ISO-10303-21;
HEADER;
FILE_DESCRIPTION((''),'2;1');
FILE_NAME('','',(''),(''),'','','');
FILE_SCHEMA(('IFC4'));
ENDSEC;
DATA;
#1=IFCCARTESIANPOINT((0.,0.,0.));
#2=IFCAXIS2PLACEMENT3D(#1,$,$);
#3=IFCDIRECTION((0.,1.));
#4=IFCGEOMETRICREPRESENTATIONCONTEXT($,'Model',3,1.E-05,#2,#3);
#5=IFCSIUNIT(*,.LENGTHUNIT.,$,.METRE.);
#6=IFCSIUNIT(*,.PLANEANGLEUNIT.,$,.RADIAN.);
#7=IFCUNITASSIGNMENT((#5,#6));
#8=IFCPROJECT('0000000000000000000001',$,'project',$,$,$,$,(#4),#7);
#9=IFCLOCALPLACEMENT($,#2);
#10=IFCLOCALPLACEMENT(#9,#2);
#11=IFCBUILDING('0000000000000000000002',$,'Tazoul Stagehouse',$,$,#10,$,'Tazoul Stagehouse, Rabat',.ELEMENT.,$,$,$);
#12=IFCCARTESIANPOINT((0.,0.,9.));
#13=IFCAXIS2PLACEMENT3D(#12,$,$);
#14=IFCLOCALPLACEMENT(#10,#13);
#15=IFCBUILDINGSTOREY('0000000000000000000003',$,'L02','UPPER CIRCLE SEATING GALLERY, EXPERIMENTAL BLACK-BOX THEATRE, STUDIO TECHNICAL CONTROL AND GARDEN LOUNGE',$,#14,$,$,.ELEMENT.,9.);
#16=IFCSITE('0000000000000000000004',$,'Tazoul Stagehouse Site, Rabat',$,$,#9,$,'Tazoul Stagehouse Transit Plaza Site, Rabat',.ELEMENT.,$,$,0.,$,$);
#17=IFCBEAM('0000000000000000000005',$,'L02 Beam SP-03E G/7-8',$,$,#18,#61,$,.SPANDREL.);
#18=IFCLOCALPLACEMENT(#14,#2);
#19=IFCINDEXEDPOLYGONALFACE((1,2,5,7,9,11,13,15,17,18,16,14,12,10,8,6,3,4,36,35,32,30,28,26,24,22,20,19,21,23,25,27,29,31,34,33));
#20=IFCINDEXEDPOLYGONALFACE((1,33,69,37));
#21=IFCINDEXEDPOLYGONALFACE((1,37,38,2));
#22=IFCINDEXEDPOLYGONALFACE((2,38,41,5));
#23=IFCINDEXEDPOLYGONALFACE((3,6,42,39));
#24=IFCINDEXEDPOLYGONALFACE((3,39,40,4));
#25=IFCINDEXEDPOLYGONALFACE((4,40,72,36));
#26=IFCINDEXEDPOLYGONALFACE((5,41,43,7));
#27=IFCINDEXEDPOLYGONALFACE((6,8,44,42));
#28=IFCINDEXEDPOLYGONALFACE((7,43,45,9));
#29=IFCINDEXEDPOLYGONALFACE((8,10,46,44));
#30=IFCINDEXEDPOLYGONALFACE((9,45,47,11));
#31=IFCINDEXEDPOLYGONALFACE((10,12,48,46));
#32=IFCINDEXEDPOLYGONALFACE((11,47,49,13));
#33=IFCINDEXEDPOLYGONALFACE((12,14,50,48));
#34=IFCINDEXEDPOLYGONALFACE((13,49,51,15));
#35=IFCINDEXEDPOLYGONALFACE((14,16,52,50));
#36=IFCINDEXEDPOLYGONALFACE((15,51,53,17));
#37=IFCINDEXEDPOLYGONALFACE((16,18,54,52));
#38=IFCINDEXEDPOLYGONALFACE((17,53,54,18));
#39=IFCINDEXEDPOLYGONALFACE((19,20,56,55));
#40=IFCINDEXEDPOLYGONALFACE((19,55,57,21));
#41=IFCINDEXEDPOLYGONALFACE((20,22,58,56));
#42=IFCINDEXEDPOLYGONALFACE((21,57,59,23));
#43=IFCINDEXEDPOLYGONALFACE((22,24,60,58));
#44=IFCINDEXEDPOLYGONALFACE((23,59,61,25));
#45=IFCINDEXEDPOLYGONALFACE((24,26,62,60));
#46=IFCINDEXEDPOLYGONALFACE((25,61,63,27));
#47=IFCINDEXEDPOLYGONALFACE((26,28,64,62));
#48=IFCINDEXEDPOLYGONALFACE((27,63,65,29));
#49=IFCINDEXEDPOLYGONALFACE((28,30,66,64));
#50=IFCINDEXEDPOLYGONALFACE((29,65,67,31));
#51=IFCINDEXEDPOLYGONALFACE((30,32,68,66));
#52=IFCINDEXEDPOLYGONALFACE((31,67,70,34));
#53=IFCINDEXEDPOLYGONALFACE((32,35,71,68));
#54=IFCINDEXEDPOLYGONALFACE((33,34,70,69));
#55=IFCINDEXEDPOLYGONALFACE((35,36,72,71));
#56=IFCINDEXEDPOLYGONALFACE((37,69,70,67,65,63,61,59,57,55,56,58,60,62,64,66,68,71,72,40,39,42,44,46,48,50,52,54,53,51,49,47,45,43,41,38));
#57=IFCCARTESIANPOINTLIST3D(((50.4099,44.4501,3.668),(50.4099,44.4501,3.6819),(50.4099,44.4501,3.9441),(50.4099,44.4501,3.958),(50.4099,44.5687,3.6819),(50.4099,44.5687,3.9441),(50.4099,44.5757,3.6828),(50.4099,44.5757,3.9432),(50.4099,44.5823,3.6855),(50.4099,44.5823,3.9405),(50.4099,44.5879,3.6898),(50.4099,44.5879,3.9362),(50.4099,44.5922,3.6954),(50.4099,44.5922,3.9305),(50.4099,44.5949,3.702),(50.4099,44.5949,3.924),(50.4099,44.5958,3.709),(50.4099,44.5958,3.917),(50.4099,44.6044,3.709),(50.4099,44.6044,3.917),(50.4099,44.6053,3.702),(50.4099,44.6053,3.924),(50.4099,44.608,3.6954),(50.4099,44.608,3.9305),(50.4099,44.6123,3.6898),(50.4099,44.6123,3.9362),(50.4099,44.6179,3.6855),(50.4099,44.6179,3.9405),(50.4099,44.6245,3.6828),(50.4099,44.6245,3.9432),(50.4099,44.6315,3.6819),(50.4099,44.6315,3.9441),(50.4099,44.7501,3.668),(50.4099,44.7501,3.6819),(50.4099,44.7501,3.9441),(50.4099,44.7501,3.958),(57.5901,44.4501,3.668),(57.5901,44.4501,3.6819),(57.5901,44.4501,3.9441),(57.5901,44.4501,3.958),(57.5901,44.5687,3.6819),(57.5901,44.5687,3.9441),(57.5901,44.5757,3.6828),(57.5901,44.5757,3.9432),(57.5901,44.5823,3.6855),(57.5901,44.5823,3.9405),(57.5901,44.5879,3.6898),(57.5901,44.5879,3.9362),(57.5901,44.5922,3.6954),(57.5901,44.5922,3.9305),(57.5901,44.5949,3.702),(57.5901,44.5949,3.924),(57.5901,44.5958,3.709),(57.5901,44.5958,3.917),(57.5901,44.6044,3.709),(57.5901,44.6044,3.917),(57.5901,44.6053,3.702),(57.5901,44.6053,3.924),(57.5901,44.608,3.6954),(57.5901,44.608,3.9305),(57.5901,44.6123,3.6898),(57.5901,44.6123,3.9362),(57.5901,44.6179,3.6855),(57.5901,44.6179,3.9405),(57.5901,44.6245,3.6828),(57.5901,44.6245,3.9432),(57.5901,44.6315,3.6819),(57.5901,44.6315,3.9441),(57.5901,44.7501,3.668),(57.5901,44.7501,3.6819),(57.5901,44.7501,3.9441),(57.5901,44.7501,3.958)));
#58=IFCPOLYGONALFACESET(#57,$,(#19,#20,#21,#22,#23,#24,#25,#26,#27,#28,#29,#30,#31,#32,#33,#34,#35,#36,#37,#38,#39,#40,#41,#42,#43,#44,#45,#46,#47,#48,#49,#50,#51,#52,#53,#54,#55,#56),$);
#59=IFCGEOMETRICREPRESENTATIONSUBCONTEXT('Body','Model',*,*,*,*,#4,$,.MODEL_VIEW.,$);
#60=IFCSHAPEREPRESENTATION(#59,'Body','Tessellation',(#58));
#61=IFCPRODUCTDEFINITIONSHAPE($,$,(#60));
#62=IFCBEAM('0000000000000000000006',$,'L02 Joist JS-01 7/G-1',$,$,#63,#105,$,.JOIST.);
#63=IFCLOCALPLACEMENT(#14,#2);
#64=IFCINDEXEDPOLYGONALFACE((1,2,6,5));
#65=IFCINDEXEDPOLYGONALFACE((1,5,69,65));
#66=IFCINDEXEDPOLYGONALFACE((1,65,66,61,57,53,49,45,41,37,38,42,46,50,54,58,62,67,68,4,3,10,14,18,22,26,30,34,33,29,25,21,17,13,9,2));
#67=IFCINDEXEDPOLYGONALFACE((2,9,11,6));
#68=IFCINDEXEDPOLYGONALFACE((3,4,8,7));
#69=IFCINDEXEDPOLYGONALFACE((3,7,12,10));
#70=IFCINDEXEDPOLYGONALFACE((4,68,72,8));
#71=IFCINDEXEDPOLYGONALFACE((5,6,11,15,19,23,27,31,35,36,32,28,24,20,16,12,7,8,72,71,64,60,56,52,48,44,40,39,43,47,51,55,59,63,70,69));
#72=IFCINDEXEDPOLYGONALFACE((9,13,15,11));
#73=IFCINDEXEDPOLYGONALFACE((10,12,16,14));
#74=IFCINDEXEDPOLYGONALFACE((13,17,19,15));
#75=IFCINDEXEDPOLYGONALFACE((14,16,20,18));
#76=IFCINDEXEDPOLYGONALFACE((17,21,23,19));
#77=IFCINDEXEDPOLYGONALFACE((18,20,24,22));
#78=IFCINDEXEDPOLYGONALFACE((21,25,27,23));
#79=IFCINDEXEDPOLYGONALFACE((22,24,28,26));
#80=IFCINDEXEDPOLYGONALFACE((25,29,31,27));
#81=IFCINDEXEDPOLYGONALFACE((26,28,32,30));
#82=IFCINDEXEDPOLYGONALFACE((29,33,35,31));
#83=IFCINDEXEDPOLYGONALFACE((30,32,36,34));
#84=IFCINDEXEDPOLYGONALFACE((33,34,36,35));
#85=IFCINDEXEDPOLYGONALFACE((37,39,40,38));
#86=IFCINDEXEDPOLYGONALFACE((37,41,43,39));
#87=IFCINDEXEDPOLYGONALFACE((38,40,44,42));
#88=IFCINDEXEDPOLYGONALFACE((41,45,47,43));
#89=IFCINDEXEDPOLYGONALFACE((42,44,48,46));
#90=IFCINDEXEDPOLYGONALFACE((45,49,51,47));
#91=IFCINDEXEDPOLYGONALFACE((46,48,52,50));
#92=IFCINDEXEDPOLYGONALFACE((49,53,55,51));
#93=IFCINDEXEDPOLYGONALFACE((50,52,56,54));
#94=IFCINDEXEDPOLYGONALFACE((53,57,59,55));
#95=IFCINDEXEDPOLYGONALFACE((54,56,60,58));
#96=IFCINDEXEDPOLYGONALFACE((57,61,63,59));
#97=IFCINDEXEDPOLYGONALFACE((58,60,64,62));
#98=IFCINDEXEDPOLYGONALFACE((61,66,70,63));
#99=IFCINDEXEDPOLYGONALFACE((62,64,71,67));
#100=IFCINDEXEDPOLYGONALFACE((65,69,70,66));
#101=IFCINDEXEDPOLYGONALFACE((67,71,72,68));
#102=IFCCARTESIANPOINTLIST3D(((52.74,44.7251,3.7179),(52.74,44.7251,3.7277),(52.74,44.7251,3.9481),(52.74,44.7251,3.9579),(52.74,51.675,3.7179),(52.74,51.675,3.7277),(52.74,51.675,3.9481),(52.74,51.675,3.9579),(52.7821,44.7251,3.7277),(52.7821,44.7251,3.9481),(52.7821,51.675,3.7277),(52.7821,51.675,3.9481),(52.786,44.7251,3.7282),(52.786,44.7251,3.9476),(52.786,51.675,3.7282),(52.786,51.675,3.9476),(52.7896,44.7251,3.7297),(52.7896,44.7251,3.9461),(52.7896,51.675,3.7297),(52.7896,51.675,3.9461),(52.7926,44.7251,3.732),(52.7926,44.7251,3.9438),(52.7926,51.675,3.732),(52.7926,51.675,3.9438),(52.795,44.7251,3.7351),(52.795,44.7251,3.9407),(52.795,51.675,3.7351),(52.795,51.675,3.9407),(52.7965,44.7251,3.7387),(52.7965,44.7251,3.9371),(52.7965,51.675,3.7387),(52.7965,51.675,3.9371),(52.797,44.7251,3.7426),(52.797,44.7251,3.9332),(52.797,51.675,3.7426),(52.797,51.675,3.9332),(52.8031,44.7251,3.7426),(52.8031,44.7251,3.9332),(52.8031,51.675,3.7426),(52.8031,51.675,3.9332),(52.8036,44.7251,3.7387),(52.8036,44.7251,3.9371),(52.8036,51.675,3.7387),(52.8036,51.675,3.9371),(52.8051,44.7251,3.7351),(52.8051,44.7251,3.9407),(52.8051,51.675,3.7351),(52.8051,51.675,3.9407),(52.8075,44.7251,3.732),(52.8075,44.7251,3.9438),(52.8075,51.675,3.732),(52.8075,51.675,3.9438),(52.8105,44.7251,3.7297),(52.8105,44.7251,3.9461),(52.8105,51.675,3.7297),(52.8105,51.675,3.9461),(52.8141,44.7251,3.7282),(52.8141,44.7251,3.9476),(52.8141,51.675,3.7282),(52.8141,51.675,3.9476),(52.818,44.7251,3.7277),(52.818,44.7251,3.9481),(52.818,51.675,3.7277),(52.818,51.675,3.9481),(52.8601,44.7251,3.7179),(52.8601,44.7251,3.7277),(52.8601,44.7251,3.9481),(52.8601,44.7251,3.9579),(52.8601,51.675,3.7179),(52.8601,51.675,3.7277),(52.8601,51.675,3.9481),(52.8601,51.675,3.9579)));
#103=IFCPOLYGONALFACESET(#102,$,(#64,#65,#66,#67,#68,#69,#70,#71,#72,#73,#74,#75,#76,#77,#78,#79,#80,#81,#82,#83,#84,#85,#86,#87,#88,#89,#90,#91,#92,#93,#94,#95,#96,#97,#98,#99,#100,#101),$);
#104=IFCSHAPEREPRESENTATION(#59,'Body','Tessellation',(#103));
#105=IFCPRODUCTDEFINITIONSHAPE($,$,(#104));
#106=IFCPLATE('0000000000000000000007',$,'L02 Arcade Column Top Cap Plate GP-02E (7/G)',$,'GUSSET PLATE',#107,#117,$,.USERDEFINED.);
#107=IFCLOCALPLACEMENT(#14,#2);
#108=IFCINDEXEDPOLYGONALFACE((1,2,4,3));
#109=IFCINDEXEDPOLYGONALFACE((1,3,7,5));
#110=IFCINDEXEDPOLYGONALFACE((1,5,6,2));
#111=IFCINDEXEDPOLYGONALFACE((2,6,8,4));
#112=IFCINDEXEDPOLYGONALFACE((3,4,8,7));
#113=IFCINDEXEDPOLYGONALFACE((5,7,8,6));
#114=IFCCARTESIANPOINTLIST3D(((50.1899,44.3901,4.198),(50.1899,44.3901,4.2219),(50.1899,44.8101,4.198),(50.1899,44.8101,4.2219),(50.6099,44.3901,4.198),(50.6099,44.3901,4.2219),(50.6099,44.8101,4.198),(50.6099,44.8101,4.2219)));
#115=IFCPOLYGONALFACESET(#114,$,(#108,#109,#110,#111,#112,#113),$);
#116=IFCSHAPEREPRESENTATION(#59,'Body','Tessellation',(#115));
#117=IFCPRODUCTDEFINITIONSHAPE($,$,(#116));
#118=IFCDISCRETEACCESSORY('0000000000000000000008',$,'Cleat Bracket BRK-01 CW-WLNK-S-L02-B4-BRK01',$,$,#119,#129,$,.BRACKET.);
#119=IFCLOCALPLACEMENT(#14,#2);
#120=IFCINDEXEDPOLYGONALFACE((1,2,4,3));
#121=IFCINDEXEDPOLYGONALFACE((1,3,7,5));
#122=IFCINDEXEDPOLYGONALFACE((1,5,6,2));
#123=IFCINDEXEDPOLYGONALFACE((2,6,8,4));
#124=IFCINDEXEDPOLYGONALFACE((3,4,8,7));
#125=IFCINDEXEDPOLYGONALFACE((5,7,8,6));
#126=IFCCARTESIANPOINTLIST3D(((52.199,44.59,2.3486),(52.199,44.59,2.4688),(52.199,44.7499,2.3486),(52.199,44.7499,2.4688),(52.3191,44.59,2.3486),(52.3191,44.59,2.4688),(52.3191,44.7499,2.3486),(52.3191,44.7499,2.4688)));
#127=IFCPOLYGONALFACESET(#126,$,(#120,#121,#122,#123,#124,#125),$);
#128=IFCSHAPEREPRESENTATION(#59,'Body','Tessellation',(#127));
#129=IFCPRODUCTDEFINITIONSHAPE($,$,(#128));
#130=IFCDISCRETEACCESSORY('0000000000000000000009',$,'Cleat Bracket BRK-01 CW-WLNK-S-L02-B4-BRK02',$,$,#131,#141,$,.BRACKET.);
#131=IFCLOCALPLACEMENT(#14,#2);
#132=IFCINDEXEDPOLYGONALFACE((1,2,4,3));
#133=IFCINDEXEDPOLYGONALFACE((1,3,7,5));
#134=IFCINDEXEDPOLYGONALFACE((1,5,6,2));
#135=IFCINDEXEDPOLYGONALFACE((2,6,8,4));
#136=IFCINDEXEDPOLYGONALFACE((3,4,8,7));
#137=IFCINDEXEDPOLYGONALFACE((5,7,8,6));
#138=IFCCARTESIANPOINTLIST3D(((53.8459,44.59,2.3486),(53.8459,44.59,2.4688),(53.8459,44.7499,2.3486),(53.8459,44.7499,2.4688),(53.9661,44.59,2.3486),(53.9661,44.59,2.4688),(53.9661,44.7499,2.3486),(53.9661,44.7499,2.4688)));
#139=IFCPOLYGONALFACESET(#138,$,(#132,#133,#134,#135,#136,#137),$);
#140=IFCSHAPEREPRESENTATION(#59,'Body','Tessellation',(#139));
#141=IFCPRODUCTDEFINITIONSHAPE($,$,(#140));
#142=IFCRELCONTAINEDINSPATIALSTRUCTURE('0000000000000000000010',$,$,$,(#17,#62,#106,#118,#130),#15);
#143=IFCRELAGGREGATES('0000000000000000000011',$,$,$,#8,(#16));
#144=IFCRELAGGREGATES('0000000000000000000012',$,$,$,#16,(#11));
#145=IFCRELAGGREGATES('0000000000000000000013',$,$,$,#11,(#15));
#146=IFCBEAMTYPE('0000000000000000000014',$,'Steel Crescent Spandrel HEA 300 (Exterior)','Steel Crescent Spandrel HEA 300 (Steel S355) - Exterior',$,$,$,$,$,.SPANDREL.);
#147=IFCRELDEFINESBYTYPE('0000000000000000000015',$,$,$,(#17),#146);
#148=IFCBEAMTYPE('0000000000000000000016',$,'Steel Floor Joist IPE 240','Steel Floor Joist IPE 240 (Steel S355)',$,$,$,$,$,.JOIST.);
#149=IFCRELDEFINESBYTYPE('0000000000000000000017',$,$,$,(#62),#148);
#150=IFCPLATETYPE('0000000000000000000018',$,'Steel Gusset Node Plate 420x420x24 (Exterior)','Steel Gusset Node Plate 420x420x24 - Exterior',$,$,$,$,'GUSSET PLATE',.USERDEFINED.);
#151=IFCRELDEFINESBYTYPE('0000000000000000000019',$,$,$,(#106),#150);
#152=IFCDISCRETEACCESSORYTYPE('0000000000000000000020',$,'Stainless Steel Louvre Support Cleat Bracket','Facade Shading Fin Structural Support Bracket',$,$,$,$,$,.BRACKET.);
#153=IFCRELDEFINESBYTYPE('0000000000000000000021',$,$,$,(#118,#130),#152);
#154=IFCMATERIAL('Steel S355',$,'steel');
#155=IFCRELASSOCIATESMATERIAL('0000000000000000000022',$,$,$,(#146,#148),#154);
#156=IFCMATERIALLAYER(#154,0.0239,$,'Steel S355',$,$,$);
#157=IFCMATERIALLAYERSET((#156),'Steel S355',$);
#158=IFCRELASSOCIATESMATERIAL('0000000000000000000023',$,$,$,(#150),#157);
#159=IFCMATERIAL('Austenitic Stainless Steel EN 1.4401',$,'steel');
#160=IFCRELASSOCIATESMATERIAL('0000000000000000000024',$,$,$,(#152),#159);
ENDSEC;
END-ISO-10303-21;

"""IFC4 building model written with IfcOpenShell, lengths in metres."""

from ifc_helpers import new_model, si_unit, direction, frame, origin, origin_2d, place, context, subcontext, project, spatial, rectangle, i_section, extrude, material, layer, layer_set, material_profile, profile_set, type_object, element, save


model = new_model("IFC4")

# Units and contexts
model_context = context("Model", 3, precision=1e-05, world=origin(), true_north=direction((0.0, 1.0)))
body_context = subcontext(model_context, "Body", "Model", "MODEL_VIEW")
ifc_project = project(units=[si_unit("LENGTHUNIT", "METRE"), si_unit("PLANEANGLEUNIT", "RADIAN")], contexts=[model_context])

# Site, building, storey
site_placement = place(None, origin())
site = spatial("IfcSite", under=ifc_project, at=site_placement, Name="Tazoul Stagehouse Site, Rabat", LongName="Tazoul Stagehouse Transit Plaza Site, Rabat", CompositionType="ELEMENT", RefElevation=0.0)
building_placement = place(site_placement, origin())
building = spatial("IfcBuilding", under=site, at=building_placement, Name="Tazoul Stagehouse", LongName="Tazoul Stagehouse, Rabat", CompositionType="ELEMENT")
storey_placement = place(building_placement, frame((0.0, 0.0, 9.0)))
storey = spatial("IfcBuildingStorey", under=building, at=storey_placement, Name="L02", Description="UPPER CIRCLE SEATING GALLERY, EXPERIMENTAL BLACK-BOX THEATRE, STUDIO TECHNICAL CONTROL AND GARDEN LOUNGE", CompositionType="ELEMENT", Elevation=9.0)

# Beams
ifc_material_1 = material(Name="Steel S355", Category="steel")
ifc_material_profile_1 = material_profile(ifc_material_1, i_section(OverallWidth=0.3, OverallDepth=0.29, WebThickness=0.0085, FlangeThickness=0.0139, FilletRadius=0.0271, at=origin_2d()), Name="HEA 300")
ifc_profile_set_1 = profile_set([ifc_material_profile_1], Name="Steel S355")
beam_type_1 = type_object("IfcBeamType", Name="Steel Crescent Spandrel HEA 300 (Exterior)", Description="Steel Crescent Spandrel HEA 300 (Steel S355) - Exterior", PredefinedType="SPANDREL", material=ifc_profile_set_1)
beam_1_placement = place(storey_placement, frame((50.4099, 44.6001, 3.813), z_axis=(1.0, 0.0, 0.0), x_axis=(0.0, 1.0, 0.0)))
element("IfcBeam", 1, at=beam_1_placement, inside=storey, type_object=beam_type_1, Name="L02 Beam SP-03E G/7-8", PredefinedType="SPANDREL", context=body_context, shape_type="SweptSolid", body=[
    extrude(i_section(OverallWidth=0.3, OverallDepth=0.29, WebThickness=0.0085, FlangeThickness=0.0139, FilletRadius=0.0271, at=origin_2d()), origin(), (0.0, 0.0, 1.0), 7.1802),
])
ifc_material_profile_2 = material_profile(ifc_material_1, i_section(OverallWidth=0.1201, OverallDepth=0.24, WebThickness=0.0061, FlangeThickness=0.0098, FilletRadius=0.0149, at=origin_2d()), Name="IPE 240")
ifc_profile_set_2 = profile_set([ifc_material_profile_2], Name="Steel S355")
beam_type_2 = type_object("IfcBeamType", Name="Steel Floor Joist IPE 240", Description="Steel Floor Joist IPE 240 (Steel S355)", PredefinedType="JOIST", material=ifc_profile_set_2)
beam_2_placement = place(storey_placement, frame((52.8, 44.7251, 3.8379), z_axis=(0.0, 1.0, 0.0), x_axis=(-1.0, 0.0, 0.0)))
element("IfcBeam", 2, at=beam_2_placement, inside=storey, type_object=beam_type_2, Name="L02 Joist JS-01 7/G-1", PredefinedType="JOIST", context=body_context, shape_type="SweptSolid", body=[
    extrude(i_section(OverallWidth=0.1201, OverallDepth=0.24, WebThickness=0.0061, FlangeThickness=0.0098, FilletRadius=0.0149, at=origin_2d()), origin(), (0.0, 0.0, 1.0), 6.95),
])

# Plate
ifc_layer = layer(ifc_material_1, 0.0239, Name="Steel S355")
ifc_layer_set = layer_set([ifc_layer], Name="Steel S355")
plate_type = type_object("IfcPlateType", Name="Steel Gusset Node Plate 420x420x24 (Exterior)", Description="Steel Gusset Node Plate 420x420x24 - Exterior", ElementType="GUSSET PLATE", PredefinedType="USERDEFINED", material=ifc_layer_set)
plate_placement = place(storey_placement, frame((50.3999, 44.6001, 4.198), z_axis=(0.0, 0.0, 1.0), x_axis=(1.0, 0.0, 0.0)))
element("IfcPlate", 3, at=plate_placement, inside=storey, type_object=plate_type, Name="L02 Arcade Column Top Cap Plate GP-02E (7/G)", ObjectType="GUSSET PLATE", PredefinedType="USERDEFINED", context=body_context, shape_type="SweptSolid", body=[
    extrude(rectangle(XDim=0.4199, YDim=0.4199, at=origin_2d()), origin(), (0.0, 0.0, 1.0), 0.0239),
])

# Discrete accessories
ifc_material_2 = material(Name="Austenitic Stainless Steel EN 1.4401", Category="steel")
discrete_accessory_type = type_object("IfcDiscreteAccessoryType", Name="Stainless Steel Louvre Support Cleat Bracket", Description="Facade Shading Fin Structural Support Bracket", PredefinedType="BRACKET", material=ifc_material_2)
for number, where, z_axis, x_axis, name in (
    (4, (52.259, 44.6699, 2.3486), (0.0, 0.0, 1.0), (1.0, 0.0, 0.0), "Cleat Bracket BRK-01 CW-WLNK-S-L02-B4-BRK01"),
    (5, (53.906, 44.6699, 2.3486), (0.0, 0.0, 1.0), (1.0, 0.0, 0.0), "Cleat Bracket BRK-01 CW-WLNK-S-L02-B4-BRK02"),
):
    element("IfcDiscreteAccessory", number, at=place(storey_placement, frame(where, z_axis=z_axis, x_axis=x_axis)), inside=storey, type_object=discrete_accessory_type, Name=name, PredefinedType="BRACKET", context=body_context, shape_type="SweptSolid", body=[
        extrude(rectangle(XDim=0.1201, YDim=0.1599, at=origin_2d()), origin(), (0.0, 0.0, 1.0), 0.1201),
    ])

save(model, "model.ifc")
